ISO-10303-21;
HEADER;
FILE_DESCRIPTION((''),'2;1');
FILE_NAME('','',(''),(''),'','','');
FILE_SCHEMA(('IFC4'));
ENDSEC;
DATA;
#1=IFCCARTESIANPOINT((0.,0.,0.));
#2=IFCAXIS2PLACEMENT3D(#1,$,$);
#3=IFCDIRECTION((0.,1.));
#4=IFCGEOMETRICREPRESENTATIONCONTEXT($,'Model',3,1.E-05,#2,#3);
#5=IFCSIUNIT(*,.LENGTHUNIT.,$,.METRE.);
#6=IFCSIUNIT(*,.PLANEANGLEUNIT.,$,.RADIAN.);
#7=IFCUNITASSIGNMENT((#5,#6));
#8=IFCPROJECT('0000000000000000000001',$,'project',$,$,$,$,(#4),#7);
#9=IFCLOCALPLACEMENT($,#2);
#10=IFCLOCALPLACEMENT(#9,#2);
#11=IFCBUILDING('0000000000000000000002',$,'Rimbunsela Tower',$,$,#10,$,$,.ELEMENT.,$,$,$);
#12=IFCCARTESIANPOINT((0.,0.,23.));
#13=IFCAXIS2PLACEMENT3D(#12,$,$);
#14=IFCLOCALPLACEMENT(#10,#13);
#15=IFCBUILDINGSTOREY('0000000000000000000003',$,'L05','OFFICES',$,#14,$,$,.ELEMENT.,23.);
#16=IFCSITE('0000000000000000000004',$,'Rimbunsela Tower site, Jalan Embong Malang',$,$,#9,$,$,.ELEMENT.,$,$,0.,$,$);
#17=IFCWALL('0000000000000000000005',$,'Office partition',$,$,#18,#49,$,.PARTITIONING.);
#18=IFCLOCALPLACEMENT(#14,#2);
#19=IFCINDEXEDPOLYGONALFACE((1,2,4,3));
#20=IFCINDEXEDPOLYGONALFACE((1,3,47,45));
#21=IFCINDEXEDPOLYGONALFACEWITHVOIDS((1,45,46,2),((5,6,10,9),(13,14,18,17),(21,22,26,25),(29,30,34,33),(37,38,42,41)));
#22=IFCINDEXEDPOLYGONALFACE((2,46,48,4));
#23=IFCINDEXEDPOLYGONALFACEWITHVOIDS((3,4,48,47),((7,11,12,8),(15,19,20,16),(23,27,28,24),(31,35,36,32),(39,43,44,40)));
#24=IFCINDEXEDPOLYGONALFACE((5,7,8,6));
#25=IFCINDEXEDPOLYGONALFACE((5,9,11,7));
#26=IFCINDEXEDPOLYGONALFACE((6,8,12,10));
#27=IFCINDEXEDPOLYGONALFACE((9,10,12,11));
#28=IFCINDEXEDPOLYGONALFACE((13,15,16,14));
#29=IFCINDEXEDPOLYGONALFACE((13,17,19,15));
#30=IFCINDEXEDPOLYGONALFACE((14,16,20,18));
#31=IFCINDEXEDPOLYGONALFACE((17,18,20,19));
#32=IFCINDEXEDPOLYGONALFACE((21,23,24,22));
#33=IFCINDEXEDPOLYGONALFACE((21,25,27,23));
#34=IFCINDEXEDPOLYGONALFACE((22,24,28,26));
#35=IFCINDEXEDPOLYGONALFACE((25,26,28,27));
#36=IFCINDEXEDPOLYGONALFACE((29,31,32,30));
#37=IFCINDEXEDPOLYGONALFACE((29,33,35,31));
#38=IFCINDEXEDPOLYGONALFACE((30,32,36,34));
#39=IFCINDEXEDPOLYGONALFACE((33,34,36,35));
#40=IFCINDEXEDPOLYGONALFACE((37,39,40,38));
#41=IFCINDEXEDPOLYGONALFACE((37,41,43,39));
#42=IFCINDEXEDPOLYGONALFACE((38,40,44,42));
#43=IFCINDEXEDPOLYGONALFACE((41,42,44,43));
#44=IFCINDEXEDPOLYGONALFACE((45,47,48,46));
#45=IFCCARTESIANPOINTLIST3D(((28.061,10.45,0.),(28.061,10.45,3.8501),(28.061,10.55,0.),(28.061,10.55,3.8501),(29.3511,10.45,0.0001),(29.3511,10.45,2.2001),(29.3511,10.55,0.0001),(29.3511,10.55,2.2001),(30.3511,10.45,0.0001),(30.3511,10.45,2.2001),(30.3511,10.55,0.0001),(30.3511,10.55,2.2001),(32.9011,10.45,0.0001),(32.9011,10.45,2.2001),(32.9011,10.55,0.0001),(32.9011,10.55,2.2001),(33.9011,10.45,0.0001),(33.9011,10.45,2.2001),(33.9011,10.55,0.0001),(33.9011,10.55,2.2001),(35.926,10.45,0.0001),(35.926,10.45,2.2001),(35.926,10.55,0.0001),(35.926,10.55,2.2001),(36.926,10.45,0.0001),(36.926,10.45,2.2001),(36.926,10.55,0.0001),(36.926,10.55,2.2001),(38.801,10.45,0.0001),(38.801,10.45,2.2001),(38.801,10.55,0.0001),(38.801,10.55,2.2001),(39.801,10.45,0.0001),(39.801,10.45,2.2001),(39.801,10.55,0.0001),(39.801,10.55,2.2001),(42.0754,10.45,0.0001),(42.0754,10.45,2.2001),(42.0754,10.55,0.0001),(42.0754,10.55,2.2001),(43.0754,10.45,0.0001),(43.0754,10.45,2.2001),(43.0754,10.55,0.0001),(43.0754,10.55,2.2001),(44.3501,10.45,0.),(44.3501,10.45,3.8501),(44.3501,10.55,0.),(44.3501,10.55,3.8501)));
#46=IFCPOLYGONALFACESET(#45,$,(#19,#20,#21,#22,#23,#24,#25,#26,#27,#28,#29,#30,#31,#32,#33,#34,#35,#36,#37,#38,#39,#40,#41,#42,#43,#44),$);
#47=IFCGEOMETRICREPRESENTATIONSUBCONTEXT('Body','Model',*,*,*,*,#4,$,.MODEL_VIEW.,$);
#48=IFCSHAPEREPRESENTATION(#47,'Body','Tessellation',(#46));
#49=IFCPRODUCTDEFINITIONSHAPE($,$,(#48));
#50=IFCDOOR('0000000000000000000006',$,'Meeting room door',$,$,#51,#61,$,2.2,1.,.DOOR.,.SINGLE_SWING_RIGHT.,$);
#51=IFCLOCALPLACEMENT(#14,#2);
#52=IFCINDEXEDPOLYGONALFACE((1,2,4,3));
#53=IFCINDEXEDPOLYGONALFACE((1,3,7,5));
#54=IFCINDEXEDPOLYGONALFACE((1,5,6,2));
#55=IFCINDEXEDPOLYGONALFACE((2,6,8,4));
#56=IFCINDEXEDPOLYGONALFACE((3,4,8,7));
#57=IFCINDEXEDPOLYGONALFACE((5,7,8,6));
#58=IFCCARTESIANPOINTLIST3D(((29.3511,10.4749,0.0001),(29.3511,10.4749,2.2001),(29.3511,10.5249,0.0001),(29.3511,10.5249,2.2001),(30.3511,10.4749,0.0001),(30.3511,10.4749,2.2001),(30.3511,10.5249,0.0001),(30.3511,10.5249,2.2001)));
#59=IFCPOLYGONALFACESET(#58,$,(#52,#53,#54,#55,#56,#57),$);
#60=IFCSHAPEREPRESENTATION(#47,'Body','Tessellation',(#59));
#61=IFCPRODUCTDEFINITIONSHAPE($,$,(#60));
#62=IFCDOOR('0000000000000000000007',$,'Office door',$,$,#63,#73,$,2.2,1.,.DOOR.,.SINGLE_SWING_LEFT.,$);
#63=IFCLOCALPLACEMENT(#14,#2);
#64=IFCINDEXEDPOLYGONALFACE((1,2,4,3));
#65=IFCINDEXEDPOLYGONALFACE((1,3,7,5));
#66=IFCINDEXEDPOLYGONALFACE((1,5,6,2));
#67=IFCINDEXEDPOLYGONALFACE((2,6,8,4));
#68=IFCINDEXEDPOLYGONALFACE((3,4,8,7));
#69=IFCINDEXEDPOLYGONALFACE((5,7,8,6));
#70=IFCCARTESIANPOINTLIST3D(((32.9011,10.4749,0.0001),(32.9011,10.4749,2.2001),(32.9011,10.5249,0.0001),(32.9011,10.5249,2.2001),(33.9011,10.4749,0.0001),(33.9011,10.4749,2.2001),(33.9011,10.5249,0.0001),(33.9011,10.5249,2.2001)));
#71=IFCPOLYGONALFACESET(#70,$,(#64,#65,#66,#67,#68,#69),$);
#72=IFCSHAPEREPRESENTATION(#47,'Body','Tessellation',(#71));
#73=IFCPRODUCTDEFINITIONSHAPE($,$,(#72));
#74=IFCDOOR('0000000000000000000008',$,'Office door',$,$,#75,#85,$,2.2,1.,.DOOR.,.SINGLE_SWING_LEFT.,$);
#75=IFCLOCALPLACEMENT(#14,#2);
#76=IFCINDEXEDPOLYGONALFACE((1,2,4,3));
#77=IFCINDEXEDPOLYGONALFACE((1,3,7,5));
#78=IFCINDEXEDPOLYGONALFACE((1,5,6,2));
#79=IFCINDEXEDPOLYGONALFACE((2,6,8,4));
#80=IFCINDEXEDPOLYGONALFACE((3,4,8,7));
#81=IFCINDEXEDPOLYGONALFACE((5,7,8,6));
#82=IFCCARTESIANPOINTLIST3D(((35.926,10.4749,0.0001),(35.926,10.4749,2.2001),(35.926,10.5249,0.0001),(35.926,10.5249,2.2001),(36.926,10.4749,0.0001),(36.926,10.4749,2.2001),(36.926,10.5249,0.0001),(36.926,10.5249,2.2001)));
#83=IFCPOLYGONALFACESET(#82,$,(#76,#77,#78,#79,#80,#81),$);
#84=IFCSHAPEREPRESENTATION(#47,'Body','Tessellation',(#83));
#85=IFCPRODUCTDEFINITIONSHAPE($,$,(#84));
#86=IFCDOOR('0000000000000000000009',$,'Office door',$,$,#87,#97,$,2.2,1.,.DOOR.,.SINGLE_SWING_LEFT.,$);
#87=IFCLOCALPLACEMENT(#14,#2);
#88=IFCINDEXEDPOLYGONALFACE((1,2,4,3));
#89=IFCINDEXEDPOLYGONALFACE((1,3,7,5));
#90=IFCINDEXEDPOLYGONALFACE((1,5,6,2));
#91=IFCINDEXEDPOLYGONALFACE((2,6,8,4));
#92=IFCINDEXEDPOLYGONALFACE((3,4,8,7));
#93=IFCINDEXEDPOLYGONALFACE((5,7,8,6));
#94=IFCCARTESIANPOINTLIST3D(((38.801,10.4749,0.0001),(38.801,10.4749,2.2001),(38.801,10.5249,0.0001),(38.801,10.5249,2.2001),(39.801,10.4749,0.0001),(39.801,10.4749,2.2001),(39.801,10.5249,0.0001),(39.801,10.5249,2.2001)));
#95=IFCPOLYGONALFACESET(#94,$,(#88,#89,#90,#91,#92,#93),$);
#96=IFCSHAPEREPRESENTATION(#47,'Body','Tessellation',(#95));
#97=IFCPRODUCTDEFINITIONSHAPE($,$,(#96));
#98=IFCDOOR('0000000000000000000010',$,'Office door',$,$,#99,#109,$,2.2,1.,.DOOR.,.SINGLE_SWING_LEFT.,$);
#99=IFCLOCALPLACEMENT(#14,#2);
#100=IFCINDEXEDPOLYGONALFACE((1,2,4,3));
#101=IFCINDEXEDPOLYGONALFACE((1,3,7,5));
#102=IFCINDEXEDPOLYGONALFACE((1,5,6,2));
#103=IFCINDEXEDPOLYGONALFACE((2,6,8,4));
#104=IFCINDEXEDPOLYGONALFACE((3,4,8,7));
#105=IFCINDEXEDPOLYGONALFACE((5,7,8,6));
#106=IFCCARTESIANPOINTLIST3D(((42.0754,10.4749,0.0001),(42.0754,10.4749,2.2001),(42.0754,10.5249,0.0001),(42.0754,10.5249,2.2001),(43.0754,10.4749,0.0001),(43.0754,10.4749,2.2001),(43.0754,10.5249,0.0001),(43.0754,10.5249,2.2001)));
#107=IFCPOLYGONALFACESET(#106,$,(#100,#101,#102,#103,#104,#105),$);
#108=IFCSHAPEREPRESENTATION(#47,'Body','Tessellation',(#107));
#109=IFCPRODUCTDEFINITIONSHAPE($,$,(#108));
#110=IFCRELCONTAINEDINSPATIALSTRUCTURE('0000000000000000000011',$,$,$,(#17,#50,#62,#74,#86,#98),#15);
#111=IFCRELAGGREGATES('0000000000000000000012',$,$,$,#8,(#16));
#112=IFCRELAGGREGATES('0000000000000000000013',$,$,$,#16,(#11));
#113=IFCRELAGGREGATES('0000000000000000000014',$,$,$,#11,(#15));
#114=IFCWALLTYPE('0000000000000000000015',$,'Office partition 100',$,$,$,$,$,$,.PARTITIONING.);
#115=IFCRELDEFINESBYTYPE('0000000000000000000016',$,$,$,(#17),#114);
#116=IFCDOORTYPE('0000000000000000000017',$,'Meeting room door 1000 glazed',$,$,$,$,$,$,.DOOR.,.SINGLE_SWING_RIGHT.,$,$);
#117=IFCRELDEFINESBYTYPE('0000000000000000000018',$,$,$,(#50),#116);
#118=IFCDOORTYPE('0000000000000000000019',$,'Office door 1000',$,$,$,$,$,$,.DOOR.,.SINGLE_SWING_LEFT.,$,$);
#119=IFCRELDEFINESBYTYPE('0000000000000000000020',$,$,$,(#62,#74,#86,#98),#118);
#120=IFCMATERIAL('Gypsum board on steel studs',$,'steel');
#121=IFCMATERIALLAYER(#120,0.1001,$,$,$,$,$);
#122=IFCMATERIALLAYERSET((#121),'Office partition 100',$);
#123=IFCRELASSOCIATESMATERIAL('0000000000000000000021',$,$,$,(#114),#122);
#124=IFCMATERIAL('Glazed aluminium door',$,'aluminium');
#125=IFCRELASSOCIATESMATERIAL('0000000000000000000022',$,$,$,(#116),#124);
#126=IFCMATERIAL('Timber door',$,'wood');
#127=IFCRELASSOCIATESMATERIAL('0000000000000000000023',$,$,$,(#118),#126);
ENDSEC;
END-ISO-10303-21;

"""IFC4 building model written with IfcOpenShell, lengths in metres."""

from ifc_helpers import new_model, si_unit, direction, frame, frame_2d, origin, place, context, subcontext, project, spatial, rectangle, extrude, material, layer, layer_set, type_object, element, fill, save


model = new_model("IFC4")

# Units and contexts
model_context = context("Model", 3, precision=1e-05, world=origin(), true_north=direction((0.0, 1.0)))
body_context = subcontext(model_context, "Body", "Model", "MODEL_VIEW")
ifc_project = project(units=[si_unit("LENGTHUNIT", "METRE"), si_unit("PLANEANGLEUNIT", "RADIAN")], contexts=[model_context])

# Site, building, storey
site_placement = place(None, origin())
site = spatial("IfcSite", under=ifc_project, at=site_placement, Name="Rimbunsela Tower site, Jalan Embong Malang", CompositionType="ELEMENT", RefElevation=0.0)
building_placement = place(site_placement, origin())
building = spatial("IfcBuilding", under=site, at=building_placement, Name="Rimbunsela Tower", CompositionType="ELEMENT")
storey_placement = place(building_placement, frame((0.0, 0.0, 23.0)))
storey = spatial("IfcBuildingStorey", under=building, at=storey_placement, Name="L05", Description="OFFICES", CompositionType="ELEMENT", Elevation=23.0)

# Wall, openings, doors
ifc_material_1 = material(Name="Gypsum board on steel studs", Category="steel")
ifc_layer = layer(ifc_material_1, 0.1001)
ifc_layer_set = layer_set([ifc_layer], Name="Office partition 100")
wall_type = type_object("IfcWallType", Name="Office partition 100", PredefinedType="PARTITIONING", material=ifc_layer_set)
wall_placement = place(storey_placement, frame((28.061, 10.5, 0.0), z_axis=(0.0, 0.0, 1.0), x_axis=(1.0, 0.0, 0.0)))
wall = element("IfcWall", 1, at=wall_placement, inside=storey, type_object=wall_type, Name="Office partition", PredefinedType="PARTITIONING", context=body_context, shape_type="SweptSolid", body=[
    extrude(rectangle(XDim=16.2891, YDim=0.1001, at=frame_2d((8.1445, 0.0))), origin(), (0.0, 0.0, 1.0), 3.8501),
])
opening_1_placement = place(wall_placement, frame((1.29, 0.0, 0.0)))
opening_1 = element("IfcOpeningElement", 2, at=opening_1_placement, cuts=wall, PredefinedType="OPENING", context=body_context, shape_type="SweptSolid", body=[
    extrude(rectangle(XDim=1.0, YDim=2.2, at=frame_2d((0.5, 1.1001))), frame((0.0, 0.0601, 0.0), z_axis=(0.0, -1.0, 0.0), x_axis=(1.0, 0.0, 0.0)), (0.0, 0.0, 1.0), 0.1201),
])
opening_2_placement = place(wall_placement, frame((4.8401, 0.0, 0.0)))
opening_2 = element("IfcOpeningElement", 3, at=opening_2_placement, cuts=wall, PredefinedType="OPENING", context=body_context, shape_type="SweptSolid", body=[
    extrude(rectangle(XDim=1.0, YDim=2.2, at=frame_2d((0.5, 1.1001))), frame((0.0, 0.0601, 0.0), z_axis=(0.0, -1.0, 0.0), x_axis=(1.0, 0.0, 0.0)), (0.0, 0.0, 1.0), 0.1201),
])
opening_3_placement = place(wall_placement, frame((7.865, 0.0, 0.0)))
opening_3 = element("IfcOpeningElement", 4, at=opening_3_placement, cuts=wall, PredefinedType="OPENING", context=body_context, shape_type="SweptSolid", body=[
    extrude(rectangle(XDim=1.0, YDim=2.2, at=frame_2d((0.5, 1.1001))), frame((0.0, 0.0601, 0.0), z_axis=(0.0, -1.0, 0.0), x_axis=(1.0, 0.0, 0.0)), (0.0, 0.0, 1.0), 0.1201),
])
opening_4_placement = place(wall_placement, frame((10.74, 0.0, 0.0)))
opening_4 = element("IfcOpeningElement", 5, at=opening_4_placement, cuts=wall, PredefinedType="OPENING", context=body_context, shape_type="SweptSolid", body=[
    extrude(rectangle(XDim=1.0, YDim=2.2, at=frame_2d((0.5, 1.1001))), frame((0.0, 0.0601, 0.0), z_axis=(0.0, -1.0, 0.0), x_axis=(1.0, 0.0, 0.0)), (0.0, 0.0, 1.0), 0.1201),
])
opening_5_placement = place(wall_placement, frame((14.0144, 0.0, 0.0)))
opening_5 = element("IfcOpeningElement", 6, at=opening_5_placement, cuts=wall, PredefinedType="OPENING", context=body_context, shape_type="SweptSolid", body=[
    extrude(rectangle(XDim=1.0, YDim=2.2, at=frame_2d((0.5, 1.1001))), frame((0.0, 0.0601, 0.0), z_axis=(0.0, -1.0, 0.0), x_axis=(1.0, 0.0, 0.0)), (0.0, 0.0, 1.0), 0.1201),
])
ifc_material_2 = material(Name="Glazed aluminium door", Category="aluminium")
door_type_1 = type_object("IfcDoorType", Name="Meeting room door 1000 glazed", OperationType="SINGLE_SWING_RIGHT", PredefinedType="DOOR", material=ifc_material_2)
door_1_placement = place(opening_1_placement, origin())
door_1 = element("IfcDoor", 7, at=door_1_placement, inside=storey, type_object=door_type_1, Name="Meeting room door", OperationType="SINGLE_SWING_RIGHT", OverallHeight=2.2, OverallWidth=1.0, PredefinedType="DOOR", context=body_context, shape_type="SweptSolid", body=[
    extrude(rectangle(XDim=1.0, YDim=2.2, at=frame_2d((0.5, 1.1001))), frame((0.0, 0.0249, 0.0), z_axis=(0.0, -1.0, 0.0), x_axis=(1.0, 0.0, 0.0)), (0.0, 0.0, 1.0), 0.05),
])
fill(opening_1, door_1)
ifc_material_3 = material(Name="Timber door", Category="wood")
door_type_2 = type_object("IfcDoorType", Name="Office door 1000", OperationType="SINGLE_SWING_LEFT", PredefinedType="DOOR", material=ifc_material_3)
door_2_placement = place(opening_2_placement, origin())
door_2 = element("IfcDoor", 8, at=door_2_placement, inside=storey, type_object=door_type_2, Name="Office door", OperationType="SINGLE_SWING_LEFT", OverallHeight=2.2, OverallWidth=1.0, PredefinedType="DOOR", context=body_context, shape_type="SweptSolid", body=[
    extrude(rectangle(XDim=1.0, YDim=2.2, at=frame_2d((0.5, 1.1001))), frame((0.0, 0.0249, 0.0), z_axis=(0.0, -1.0, 0.0), x_axis=(1.0, 0.0, 0.0)), (0.0, 0.0, 1.0), 0.05),
])
fill(opening_2, door_2)
door_3_placement = place(opening_3_placement, origin())
door_3 = element("IfcDoor", 9, at=door_3_placement, inside=storey, type_object=door_type_2, Name="Office door", OperationType="SINGLE_SWING_LEFT", OverallHeight=2.2, OverallWidth=1.0, PredefinedType="DOOR", context=body_context, shape_type="SweptSolid", body=[
    extrude(rectangle(XDim=1.0, YDim=2.2, at=frame_2d((0.5, 1.1001))), frame((0.0, 0.0249, 0.0), z_axis=(0.0, -1.0, 0.0), x_axis=(1.0, 0.0, 0.0)), (0.0, 0.0, 1.0), 0.05),
])
fill(opening_3, door_3)
door_4_placement = place(opening_4_placement, origin())
door_4 = element("IfcDoor", 10, at=door_4_placement, inside=storey, type_object=door_type_2, Name="Office door", OperationType="SINGLE_SWING_LEFT", OverallHeight=2.2, OverallWidth=1.0, PredefinedType="DOOR", context=body_context, shape_type="SweptSolid", body=[
    extrude(rectangle(XDim=1.0, YDim=2.2, at=frame_2d((0.5, 1.1001))), frame((0.0, 0.0249, 0.0), z_axis=(0.0, -1.0, 0.0), x_axis=(1.0, 0.0, 0.0)), (0.0, 0.0, 1.0), 0.05),
])
fill(opening_4, door_4)
door_5_placement = place(opening_5_placement, origin())
door_5 = element("IfcDoor", 11, at=door_5_placement, inside=storey, type_object=door_type_2, Name="Office door", OperationType="SINGLE_SWING_LEFT", OverallHeight=2.2, OverallWidth=1.0, PredefinedType="DOOR", context=body_context, shape_type="SweptSolid", body=[
    extrude(rectangle(XDim=1.0, YDim=2.2, at=frame_2d((0.5, 1.1001))), frame((0.0, 0.0249, 0.0), z_axis=(0.0, -1.0, 0.0), x_axis=(1.0, 0.0, 0.0)), (0.0, 0.0, 1.0), 0.05),
])
fill(opening_5, door_5)

save(model, "model.ifc")
